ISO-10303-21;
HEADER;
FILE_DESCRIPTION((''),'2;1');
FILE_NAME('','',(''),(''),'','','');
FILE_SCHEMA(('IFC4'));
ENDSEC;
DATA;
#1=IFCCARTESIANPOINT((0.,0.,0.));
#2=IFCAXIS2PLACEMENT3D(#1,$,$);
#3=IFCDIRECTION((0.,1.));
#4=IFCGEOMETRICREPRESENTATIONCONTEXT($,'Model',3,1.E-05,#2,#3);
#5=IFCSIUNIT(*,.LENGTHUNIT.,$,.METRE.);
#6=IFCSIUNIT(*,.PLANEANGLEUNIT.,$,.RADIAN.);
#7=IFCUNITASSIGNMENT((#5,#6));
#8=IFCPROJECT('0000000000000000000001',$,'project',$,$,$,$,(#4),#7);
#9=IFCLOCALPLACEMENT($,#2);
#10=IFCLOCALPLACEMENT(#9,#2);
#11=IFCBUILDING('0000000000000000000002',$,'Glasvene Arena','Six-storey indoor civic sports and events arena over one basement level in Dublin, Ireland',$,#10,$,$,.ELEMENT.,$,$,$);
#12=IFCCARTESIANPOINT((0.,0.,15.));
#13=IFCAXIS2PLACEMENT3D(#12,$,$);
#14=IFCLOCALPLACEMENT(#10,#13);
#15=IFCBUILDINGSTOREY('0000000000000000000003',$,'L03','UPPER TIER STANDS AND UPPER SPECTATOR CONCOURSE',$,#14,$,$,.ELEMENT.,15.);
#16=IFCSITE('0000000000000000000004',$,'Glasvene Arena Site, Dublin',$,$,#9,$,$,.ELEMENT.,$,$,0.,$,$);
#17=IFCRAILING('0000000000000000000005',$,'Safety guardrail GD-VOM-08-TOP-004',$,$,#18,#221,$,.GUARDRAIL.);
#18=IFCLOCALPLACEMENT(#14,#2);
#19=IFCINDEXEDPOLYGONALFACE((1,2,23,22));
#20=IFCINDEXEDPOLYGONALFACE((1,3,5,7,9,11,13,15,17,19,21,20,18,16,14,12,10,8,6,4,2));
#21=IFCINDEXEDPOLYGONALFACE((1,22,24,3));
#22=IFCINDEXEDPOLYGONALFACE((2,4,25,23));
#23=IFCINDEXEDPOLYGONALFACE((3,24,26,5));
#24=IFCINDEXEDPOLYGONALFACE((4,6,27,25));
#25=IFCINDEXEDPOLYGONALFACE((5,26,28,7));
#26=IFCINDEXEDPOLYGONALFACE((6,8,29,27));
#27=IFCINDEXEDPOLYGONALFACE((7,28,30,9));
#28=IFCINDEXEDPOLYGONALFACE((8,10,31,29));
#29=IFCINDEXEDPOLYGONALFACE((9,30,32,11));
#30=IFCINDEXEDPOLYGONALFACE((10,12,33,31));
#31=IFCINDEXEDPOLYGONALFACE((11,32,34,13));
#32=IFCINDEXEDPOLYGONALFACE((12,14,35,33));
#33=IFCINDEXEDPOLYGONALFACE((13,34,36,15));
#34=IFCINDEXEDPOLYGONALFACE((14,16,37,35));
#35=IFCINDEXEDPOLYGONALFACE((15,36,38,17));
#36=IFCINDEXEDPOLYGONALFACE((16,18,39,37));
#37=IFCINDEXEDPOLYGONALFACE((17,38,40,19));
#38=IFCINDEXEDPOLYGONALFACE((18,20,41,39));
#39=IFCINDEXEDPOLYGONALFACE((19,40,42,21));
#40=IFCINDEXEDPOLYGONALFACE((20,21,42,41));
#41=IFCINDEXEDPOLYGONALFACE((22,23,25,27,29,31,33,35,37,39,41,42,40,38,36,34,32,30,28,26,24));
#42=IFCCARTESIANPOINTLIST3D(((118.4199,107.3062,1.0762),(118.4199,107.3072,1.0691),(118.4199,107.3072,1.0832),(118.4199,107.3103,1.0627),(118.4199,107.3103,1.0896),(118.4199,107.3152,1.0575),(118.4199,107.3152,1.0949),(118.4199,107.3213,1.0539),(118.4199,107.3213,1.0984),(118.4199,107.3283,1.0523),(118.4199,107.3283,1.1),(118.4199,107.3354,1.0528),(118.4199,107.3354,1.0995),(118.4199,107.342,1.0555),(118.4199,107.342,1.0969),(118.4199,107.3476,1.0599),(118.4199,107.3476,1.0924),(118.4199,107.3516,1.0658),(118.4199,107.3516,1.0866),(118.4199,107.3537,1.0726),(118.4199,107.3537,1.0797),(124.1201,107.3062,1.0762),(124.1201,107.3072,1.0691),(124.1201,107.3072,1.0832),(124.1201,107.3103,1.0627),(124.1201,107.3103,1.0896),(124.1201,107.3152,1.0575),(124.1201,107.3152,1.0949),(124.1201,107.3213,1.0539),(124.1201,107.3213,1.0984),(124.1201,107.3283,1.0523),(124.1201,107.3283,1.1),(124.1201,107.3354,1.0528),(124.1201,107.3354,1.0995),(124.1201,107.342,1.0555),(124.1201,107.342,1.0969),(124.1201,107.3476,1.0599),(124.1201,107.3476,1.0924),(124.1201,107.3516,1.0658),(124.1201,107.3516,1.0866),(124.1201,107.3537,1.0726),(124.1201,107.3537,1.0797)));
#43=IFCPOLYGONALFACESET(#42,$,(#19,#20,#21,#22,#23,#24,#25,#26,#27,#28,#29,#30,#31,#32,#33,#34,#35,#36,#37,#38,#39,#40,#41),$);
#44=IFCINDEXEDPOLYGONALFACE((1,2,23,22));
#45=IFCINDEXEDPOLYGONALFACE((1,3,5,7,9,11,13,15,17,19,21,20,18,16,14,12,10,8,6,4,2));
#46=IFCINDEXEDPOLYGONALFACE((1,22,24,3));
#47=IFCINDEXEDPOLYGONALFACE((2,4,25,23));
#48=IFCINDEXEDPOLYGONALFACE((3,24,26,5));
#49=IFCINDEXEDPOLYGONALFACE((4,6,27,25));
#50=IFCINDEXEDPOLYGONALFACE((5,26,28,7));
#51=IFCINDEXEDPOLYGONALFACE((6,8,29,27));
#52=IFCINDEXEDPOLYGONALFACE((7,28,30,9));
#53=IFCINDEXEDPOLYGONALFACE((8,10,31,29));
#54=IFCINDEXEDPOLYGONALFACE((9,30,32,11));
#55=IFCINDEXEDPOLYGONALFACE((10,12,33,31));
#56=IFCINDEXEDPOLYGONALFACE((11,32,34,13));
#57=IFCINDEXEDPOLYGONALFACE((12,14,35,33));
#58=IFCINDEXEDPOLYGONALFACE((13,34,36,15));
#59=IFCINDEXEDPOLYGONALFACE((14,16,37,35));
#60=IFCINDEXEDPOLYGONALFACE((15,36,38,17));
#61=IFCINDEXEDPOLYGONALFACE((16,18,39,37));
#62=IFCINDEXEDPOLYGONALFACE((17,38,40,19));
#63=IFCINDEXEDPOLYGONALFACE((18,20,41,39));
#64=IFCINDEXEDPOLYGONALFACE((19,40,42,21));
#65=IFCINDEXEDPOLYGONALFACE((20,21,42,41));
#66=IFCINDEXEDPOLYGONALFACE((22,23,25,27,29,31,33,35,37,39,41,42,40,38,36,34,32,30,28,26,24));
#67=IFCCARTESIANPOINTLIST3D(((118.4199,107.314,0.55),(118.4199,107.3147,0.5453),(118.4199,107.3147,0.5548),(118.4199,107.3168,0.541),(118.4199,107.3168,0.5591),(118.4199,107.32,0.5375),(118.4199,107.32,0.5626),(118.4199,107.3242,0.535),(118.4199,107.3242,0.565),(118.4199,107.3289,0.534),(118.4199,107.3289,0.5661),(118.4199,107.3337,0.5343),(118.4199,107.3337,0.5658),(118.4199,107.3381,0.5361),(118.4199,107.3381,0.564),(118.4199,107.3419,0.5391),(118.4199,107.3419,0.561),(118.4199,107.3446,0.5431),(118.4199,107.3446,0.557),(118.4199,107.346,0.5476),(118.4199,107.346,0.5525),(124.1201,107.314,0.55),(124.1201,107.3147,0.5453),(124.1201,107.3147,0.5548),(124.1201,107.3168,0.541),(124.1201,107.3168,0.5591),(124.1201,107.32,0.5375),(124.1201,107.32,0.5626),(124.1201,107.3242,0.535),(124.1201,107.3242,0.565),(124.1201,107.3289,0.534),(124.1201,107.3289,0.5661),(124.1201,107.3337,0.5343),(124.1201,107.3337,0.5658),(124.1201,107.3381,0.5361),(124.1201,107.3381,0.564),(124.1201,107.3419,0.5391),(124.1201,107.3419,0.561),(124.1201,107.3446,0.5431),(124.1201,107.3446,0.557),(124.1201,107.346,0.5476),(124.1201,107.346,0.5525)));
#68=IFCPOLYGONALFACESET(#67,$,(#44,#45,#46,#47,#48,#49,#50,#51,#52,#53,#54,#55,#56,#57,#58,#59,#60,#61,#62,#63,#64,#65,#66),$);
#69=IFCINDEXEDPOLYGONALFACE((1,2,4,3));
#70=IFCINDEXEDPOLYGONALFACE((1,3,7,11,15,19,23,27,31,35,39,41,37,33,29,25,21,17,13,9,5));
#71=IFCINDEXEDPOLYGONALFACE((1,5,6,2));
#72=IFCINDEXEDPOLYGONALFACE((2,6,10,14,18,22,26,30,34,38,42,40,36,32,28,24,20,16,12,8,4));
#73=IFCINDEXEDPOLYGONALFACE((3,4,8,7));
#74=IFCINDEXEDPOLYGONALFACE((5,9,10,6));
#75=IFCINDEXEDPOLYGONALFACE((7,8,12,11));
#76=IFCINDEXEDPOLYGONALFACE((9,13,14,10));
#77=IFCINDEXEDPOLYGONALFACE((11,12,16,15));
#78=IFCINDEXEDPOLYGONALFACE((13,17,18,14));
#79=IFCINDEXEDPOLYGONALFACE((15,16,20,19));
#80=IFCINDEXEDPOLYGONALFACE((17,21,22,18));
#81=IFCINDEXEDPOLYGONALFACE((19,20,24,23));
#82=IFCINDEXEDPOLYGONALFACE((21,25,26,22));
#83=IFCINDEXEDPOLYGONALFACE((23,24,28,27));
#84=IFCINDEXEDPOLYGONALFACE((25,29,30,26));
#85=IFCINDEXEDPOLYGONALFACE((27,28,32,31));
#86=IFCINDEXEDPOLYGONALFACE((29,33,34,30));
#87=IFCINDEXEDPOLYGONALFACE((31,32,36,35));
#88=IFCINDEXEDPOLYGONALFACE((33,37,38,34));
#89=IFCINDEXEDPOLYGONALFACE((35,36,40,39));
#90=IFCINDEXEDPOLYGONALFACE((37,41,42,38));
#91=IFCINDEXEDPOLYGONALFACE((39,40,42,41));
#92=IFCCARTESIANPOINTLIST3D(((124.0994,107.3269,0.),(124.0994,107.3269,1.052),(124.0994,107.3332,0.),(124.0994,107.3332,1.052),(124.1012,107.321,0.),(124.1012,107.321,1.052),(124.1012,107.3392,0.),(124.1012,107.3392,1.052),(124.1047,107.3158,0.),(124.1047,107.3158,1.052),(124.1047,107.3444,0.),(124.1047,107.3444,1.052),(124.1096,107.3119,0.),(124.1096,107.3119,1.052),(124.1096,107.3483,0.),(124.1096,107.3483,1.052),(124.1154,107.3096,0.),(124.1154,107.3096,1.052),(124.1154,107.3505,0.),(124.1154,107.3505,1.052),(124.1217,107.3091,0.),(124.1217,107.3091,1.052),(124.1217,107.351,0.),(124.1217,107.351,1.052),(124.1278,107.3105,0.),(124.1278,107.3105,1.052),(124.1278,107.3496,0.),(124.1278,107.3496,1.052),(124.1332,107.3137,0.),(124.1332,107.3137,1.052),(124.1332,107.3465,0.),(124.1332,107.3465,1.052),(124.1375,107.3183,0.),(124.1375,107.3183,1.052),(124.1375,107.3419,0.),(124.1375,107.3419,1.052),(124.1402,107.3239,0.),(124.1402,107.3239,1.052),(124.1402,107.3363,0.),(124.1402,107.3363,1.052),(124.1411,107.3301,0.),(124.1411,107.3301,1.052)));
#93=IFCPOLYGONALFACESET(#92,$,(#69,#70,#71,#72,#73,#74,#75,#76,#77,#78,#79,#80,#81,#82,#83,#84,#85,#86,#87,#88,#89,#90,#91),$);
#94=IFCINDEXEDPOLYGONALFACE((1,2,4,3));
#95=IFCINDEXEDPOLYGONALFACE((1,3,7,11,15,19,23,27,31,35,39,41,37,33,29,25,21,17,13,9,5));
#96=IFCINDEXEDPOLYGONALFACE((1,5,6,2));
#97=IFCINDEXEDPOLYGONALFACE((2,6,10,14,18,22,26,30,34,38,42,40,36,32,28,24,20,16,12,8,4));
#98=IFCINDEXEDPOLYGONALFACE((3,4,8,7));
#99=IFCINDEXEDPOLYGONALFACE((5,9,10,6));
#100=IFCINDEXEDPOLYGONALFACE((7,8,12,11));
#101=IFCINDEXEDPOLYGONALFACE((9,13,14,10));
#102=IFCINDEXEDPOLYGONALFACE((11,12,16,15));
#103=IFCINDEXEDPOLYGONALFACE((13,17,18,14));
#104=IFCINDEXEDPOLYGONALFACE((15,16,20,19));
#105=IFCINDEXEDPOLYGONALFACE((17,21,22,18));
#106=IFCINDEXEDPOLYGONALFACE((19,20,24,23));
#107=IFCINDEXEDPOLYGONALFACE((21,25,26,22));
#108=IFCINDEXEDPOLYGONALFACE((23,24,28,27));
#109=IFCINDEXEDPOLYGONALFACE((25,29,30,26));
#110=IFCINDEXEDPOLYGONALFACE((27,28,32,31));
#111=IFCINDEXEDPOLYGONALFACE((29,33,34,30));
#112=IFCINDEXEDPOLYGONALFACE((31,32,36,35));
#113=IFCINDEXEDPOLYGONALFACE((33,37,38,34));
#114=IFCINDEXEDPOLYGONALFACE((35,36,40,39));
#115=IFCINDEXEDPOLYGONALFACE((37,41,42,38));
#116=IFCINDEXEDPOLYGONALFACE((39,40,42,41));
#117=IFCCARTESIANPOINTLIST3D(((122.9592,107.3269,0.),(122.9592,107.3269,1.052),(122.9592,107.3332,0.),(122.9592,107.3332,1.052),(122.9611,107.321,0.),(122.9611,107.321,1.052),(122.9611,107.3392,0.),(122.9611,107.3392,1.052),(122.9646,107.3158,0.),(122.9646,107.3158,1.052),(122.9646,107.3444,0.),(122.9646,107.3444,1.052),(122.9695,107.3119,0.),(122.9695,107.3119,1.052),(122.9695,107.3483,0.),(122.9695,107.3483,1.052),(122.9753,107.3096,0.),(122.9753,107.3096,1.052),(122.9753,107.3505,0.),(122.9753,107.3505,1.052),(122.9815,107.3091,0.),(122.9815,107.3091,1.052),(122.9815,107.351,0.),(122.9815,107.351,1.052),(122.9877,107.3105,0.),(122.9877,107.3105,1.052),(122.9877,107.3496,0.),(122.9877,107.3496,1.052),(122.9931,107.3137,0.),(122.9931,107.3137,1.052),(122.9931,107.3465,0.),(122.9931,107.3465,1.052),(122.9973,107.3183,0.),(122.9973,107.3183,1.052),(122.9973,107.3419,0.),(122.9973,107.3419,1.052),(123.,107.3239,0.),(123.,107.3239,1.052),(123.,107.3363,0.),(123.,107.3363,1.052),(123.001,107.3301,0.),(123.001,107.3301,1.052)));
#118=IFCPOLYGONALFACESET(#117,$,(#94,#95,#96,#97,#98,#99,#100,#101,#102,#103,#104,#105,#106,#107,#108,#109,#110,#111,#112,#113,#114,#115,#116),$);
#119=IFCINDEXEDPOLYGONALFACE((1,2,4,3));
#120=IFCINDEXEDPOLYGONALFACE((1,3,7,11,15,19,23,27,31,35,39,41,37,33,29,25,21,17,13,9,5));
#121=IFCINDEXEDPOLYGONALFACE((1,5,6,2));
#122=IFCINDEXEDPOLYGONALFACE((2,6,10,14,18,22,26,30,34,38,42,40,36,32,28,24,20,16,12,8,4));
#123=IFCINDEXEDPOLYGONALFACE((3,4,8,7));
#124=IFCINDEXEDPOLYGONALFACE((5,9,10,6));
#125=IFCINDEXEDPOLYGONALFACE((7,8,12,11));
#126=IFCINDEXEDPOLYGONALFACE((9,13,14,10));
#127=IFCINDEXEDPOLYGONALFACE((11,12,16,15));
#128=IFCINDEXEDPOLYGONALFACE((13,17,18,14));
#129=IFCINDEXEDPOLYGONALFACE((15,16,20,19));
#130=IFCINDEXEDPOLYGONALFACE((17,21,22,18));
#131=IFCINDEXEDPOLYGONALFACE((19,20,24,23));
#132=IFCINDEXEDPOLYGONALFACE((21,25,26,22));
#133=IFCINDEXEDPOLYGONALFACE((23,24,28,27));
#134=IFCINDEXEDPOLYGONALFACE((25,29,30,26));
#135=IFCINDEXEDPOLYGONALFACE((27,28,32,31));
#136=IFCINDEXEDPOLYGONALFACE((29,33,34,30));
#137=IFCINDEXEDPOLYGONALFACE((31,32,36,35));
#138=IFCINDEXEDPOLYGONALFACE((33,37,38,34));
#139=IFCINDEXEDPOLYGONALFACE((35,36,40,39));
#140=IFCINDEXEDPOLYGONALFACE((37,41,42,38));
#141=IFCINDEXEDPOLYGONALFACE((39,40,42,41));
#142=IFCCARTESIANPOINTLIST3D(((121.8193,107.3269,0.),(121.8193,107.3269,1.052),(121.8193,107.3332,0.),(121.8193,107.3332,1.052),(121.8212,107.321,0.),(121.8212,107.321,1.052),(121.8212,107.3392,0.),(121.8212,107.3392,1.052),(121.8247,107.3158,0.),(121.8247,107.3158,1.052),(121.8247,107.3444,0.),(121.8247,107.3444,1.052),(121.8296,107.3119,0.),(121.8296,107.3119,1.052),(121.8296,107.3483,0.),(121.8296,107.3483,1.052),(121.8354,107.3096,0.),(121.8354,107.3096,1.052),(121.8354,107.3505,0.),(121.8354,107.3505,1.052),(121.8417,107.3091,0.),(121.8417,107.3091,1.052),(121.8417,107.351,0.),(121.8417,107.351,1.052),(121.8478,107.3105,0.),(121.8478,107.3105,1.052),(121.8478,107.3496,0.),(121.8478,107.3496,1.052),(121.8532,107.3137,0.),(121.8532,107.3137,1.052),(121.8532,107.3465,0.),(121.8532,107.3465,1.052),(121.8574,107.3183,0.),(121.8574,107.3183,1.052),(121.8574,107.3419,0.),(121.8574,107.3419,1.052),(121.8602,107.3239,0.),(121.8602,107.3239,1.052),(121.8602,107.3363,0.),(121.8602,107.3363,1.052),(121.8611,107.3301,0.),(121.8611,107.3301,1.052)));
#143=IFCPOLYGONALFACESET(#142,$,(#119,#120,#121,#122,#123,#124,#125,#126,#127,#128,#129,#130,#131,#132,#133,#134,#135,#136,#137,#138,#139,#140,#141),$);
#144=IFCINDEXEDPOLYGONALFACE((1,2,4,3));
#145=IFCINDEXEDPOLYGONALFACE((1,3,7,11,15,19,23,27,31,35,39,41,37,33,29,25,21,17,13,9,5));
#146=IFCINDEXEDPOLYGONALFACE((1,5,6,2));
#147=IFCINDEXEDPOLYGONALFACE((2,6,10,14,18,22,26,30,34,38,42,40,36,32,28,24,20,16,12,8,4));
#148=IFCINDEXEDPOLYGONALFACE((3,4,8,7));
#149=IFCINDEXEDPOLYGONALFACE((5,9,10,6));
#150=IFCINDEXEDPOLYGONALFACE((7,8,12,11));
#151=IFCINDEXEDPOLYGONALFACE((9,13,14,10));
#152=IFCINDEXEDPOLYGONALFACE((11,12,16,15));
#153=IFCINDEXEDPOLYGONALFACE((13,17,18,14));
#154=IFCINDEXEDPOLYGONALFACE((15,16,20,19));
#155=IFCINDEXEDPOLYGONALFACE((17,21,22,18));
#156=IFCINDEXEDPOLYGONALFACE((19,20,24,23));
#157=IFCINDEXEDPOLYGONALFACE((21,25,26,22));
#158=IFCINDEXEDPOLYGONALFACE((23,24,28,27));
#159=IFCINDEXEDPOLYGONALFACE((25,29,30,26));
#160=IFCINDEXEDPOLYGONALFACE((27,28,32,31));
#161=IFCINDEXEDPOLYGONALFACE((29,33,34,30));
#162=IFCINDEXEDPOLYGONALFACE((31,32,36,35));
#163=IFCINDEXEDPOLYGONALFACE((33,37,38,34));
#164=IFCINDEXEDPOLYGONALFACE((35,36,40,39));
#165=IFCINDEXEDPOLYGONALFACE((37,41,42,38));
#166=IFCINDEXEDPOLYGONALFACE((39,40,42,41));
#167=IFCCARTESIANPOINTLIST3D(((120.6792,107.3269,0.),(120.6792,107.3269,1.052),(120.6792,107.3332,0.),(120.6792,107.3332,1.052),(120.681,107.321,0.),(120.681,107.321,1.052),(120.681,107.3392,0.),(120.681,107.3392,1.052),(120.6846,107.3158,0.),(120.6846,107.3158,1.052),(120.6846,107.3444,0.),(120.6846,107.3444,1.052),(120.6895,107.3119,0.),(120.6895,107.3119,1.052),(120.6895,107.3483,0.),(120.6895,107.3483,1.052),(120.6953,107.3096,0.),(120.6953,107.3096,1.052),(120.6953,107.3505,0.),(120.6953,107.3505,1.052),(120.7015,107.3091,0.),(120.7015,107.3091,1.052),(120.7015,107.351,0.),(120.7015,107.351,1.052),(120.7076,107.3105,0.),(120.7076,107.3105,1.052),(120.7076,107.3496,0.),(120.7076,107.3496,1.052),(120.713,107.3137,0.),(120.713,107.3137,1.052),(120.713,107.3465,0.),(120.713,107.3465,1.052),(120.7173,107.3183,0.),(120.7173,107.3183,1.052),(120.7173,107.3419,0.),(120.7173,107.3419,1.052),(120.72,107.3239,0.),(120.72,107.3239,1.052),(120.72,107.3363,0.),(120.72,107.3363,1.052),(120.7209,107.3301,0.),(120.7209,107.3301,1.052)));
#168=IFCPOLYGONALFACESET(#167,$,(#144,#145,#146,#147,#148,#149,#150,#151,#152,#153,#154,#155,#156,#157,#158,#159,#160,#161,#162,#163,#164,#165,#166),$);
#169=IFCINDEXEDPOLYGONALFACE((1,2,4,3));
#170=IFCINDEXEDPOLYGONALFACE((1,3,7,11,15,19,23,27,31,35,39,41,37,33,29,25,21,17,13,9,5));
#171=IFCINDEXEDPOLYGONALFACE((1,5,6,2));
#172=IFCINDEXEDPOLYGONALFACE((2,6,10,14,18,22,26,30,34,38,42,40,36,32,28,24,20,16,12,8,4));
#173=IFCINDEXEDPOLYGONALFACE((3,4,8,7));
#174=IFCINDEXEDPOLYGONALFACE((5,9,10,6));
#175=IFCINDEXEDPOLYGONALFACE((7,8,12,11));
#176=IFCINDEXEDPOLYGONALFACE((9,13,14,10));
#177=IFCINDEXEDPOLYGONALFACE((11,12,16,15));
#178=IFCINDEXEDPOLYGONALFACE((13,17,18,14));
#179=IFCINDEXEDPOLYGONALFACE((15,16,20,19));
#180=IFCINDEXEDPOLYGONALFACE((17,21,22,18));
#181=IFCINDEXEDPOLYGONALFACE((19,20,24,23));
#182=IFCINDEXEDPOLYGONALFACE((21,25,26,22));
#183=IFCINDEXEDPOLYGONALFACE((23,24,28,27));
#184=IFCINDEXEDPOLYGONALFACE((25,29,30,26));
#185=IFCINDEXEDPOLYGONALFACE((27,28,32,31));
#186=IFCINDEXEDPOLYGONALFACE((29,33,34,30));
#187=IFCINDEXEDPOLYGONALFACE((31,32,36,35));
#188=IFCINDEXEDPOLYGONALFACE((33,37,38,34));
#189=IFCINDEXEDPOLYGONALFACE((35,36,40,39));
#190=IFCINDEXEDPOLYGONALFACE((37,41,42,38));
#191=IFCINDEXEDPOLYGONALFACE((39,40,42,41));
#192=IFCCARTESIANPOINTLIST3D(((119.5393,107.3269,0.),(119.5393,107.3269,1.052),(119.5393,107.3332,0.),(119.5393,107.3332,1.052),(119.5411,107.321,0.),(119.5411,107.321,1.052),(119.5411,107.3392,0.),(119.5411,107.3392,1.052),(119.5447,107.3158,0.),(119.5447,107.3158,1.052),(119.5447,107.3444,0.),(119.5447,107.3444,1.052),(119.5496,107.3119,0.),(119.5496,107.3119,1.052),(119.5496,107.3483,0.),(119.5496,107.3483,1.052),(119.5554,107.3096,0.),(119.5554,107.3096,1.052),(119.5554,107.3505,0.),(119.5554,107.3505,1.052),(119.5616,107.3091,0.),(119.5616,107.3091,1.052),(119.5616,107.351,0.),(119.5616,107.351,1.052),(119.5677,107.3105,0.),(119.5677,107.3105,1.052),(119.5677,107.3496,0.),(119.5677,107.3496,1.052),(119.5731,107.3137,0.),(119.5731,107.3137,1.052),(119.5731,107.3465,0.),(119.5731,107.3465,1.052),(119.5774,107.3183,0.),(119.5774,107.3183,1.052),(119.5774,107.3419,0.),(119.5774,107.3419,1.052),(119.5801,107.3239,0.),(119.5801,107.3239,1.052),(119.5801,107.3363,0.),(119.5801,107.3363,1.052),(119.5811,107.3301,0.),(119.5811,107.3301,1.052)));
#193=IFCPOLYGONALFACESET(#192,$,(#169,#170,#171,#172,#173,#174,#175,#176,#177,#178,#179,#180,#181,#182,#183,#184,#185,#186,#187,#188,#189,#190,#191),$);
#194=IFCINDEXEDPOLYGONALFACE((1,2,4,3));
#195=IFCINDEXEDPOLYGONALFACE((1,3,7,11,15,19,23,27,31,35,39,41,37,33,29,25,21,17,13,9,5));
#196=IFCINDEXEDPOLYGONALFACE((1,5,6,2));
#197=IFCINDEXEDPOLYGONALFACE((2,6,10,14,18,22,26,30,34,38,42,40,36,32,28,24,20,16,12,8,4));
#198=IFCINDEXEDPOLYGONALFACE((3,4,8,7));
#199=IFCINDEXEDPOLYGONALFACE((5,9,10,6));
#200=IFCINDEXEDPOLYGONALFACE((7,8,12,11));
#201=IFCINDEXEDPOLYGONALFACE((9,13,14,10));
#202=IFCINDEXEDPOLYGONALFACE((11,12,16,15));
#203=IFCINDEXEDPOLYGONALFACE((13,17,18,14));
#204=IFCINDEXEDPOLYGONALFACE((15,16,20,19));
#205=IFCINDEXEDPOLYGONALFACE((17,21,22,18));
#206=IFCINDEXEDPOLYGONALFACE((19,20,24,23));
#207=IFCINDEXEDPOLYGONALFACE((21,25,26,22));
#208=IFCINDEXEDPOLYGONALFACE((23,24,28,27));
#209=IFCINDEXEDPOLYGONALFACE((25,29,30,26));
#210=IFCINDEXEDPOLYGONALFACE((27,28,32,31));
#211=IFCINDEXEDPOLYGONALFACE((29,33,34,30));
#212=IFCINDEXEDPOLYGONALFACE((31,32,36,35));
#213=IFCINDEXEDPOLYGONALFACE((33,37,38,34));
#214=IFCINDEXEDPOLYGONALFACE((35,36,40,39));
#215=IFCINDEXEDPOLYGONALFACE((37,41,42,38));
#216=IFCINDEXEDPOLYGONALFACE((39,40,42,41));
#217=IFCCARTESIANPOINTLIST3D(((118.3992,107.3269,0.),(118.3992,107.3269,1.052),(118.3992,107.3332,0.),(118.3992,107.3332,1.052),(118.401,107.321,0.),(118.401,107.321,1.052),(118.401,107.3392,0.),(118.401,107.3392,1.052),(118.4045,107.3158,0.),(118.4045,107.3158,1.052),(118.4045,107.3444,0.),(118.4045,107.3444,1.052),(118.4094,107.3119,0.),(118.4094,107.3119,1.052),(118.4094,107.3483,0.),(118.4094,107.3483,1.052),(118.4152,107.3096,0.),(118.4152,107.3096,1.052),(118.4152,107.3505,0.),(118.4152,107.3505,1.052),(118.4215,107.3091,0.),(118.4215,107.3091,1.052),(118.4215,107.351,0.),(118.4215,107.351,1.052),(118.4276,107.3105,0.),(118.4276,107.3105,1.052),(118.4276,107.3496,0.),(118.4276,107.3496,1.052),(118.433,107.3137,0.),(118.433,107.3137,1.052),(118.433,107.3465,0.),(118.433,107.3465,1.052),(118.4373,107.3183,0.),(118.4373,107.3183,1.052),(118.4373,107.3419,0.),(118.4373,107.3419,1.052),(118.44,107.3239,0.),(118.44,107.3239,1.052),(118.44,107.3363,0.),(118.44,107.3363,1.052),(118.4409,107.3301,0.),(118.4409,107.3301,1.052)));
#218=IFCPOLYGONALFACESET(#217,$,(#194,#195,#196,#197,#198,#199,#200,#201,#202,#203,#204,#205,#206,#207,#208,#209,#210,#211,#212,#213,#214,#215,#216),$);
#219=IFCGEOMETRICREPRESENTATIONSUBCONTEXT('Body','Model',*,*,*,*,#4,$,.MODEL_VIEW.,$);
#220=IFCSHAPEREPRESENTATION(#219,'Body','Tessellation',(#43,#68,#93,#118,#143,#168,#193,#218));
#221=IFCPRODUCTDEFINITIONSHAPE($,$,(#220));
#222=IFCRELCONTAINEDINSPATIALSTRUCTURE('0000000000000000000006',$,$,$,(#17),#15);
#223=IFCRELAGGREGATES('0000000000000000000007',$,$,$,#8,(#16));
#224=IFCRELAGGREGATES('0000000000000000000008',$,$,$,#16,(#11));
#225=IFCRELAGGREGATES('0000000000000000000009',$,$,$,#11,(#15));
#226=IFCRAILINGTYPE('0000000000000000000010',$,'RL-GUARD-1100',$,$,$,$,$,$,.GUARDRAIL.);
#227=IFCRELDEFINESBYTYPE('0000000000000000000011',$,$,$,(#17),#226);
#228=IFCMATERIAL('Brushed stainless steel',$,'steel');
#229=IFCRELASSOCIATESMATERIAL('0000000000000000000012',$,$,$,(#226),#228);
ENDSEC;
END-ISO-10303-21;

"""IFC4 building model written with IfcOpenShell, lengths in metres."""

from ifc_helpers import new_model, si_unit, direction, frame, origin, origin_2d, place, context, subcontext, project, spatial, circle, extrude, material, type_object, element, save


model = new_model("IFC4")

# Units and contexts
model_context = context("Model", 3, precision=1e-05, world=origin(), true_north=direction((0.0, 1.0)))
body_context = subcontext(model_context, "Body", "Model", "MODEL_VIEW")
ifc_project = project(units=[si_unit("LENGTHUNIT", "METRE"), si_unit("PLANEANGLEUNIT", "RADIAN")], contexts=[model_context])

# Site, building, storey
site_placement = place(None, origin())
site = spatial("IfcSite", under=ifc_project, at=site_placement, Name="Glasvene Arena Site, Dublin", CompositionType="ELEMENT", RefElevation=0.0)
building_placement = place(site_placement, origin())
building = spatial("IfcBuilding", under=site, at=building_placement, Name="Glasvene Arena", Description="Six-storey indoor civic sports and events arena over one basement level in Dublin, Ireland", CompositionType="ELEMENT")
storey_placement = place(building_placement, frame((0.0, 0.0, 15.0)))
storey = spatial("IfcBuildingStorey", under=building, at=storey_placement, Name="L03", Description="UPPER TIER STANDS AND UPPER SPECTATOR CONCOURSE", CompositionType="ELEMENT", Elevation=15.0)

# Railing
ifc_material_1 = material(Name="Brushed stainless steel", Category="steel")
railing_type_1 = type_object("IfcRailingType", Name="RL-GUARD-1100", PredefinedType="GUARDRAIL", material=ifc_material_1)
railing_1_placement = place(storey_placement, frame((124.1201, 107.3301, 0.0)))
element("IfcRailing", 1, at=railing_1_placement, inside=storey, type_object=railing_type_1, Name="Safety guardrail GD-VOM-08-TOP-004", PredefinedType="GUARDRAIL", context=body_context, shape_type="SweptSolid", body=[
    extrude(circle(Radius=0.0239, at=origin_2d()), frame((0.0, 0.0, 1.0762), z_axis=(-1.0, 0.0, 0.0), x_axis=(0.0, -1.0, 0.0)), (0.0, 0.0, 1.0), 5.7002),
    extrude(circle(Radius=0.0161, at=origin_2d()), frame((0.0, 0.0, 0.55), z_axis=(-1.0, 0.0, 0.0), x_axis=(0.0, -1.0, 0.0)), (0.0, 0.0, 1.0), 5.7002),
    extrude(circle(Radius=0.021, at=origin_2d()), origin(), (0.0, 0.0, 1.0), 1.052),
    extrude(circle(Radius=0.021, at=origin_2d()), frame((-1.1401, 0.0, 0.0)), (0.0, 0.0, 1.0), 1.052),
    extrude(circle(Radius=0.021, at=origin_2d()), frame((-2.28, 0.0, 0.0)), (0.0, 0.0, 1.0), 1.052),
    extrude(circle(Radius=0.021, at=origin_2d()), frame((-3.4202, 0.0, 0.0)), (0.0, 0.0, 1.0), 1.052),
    extrude(circle(Radius=0.021, at=origin_2d()), frame((-4.5601, 0.0, 0.0)), (0.0, 0.0, 1.0), 1.052),
    extrude(circle(Radius=0.021, at=origin_2d()), frame((-5.7002, 0.0, 0.0)), (0.0, 0.0, 1.0), 1.052),
])

save(model, "model.ifc")
